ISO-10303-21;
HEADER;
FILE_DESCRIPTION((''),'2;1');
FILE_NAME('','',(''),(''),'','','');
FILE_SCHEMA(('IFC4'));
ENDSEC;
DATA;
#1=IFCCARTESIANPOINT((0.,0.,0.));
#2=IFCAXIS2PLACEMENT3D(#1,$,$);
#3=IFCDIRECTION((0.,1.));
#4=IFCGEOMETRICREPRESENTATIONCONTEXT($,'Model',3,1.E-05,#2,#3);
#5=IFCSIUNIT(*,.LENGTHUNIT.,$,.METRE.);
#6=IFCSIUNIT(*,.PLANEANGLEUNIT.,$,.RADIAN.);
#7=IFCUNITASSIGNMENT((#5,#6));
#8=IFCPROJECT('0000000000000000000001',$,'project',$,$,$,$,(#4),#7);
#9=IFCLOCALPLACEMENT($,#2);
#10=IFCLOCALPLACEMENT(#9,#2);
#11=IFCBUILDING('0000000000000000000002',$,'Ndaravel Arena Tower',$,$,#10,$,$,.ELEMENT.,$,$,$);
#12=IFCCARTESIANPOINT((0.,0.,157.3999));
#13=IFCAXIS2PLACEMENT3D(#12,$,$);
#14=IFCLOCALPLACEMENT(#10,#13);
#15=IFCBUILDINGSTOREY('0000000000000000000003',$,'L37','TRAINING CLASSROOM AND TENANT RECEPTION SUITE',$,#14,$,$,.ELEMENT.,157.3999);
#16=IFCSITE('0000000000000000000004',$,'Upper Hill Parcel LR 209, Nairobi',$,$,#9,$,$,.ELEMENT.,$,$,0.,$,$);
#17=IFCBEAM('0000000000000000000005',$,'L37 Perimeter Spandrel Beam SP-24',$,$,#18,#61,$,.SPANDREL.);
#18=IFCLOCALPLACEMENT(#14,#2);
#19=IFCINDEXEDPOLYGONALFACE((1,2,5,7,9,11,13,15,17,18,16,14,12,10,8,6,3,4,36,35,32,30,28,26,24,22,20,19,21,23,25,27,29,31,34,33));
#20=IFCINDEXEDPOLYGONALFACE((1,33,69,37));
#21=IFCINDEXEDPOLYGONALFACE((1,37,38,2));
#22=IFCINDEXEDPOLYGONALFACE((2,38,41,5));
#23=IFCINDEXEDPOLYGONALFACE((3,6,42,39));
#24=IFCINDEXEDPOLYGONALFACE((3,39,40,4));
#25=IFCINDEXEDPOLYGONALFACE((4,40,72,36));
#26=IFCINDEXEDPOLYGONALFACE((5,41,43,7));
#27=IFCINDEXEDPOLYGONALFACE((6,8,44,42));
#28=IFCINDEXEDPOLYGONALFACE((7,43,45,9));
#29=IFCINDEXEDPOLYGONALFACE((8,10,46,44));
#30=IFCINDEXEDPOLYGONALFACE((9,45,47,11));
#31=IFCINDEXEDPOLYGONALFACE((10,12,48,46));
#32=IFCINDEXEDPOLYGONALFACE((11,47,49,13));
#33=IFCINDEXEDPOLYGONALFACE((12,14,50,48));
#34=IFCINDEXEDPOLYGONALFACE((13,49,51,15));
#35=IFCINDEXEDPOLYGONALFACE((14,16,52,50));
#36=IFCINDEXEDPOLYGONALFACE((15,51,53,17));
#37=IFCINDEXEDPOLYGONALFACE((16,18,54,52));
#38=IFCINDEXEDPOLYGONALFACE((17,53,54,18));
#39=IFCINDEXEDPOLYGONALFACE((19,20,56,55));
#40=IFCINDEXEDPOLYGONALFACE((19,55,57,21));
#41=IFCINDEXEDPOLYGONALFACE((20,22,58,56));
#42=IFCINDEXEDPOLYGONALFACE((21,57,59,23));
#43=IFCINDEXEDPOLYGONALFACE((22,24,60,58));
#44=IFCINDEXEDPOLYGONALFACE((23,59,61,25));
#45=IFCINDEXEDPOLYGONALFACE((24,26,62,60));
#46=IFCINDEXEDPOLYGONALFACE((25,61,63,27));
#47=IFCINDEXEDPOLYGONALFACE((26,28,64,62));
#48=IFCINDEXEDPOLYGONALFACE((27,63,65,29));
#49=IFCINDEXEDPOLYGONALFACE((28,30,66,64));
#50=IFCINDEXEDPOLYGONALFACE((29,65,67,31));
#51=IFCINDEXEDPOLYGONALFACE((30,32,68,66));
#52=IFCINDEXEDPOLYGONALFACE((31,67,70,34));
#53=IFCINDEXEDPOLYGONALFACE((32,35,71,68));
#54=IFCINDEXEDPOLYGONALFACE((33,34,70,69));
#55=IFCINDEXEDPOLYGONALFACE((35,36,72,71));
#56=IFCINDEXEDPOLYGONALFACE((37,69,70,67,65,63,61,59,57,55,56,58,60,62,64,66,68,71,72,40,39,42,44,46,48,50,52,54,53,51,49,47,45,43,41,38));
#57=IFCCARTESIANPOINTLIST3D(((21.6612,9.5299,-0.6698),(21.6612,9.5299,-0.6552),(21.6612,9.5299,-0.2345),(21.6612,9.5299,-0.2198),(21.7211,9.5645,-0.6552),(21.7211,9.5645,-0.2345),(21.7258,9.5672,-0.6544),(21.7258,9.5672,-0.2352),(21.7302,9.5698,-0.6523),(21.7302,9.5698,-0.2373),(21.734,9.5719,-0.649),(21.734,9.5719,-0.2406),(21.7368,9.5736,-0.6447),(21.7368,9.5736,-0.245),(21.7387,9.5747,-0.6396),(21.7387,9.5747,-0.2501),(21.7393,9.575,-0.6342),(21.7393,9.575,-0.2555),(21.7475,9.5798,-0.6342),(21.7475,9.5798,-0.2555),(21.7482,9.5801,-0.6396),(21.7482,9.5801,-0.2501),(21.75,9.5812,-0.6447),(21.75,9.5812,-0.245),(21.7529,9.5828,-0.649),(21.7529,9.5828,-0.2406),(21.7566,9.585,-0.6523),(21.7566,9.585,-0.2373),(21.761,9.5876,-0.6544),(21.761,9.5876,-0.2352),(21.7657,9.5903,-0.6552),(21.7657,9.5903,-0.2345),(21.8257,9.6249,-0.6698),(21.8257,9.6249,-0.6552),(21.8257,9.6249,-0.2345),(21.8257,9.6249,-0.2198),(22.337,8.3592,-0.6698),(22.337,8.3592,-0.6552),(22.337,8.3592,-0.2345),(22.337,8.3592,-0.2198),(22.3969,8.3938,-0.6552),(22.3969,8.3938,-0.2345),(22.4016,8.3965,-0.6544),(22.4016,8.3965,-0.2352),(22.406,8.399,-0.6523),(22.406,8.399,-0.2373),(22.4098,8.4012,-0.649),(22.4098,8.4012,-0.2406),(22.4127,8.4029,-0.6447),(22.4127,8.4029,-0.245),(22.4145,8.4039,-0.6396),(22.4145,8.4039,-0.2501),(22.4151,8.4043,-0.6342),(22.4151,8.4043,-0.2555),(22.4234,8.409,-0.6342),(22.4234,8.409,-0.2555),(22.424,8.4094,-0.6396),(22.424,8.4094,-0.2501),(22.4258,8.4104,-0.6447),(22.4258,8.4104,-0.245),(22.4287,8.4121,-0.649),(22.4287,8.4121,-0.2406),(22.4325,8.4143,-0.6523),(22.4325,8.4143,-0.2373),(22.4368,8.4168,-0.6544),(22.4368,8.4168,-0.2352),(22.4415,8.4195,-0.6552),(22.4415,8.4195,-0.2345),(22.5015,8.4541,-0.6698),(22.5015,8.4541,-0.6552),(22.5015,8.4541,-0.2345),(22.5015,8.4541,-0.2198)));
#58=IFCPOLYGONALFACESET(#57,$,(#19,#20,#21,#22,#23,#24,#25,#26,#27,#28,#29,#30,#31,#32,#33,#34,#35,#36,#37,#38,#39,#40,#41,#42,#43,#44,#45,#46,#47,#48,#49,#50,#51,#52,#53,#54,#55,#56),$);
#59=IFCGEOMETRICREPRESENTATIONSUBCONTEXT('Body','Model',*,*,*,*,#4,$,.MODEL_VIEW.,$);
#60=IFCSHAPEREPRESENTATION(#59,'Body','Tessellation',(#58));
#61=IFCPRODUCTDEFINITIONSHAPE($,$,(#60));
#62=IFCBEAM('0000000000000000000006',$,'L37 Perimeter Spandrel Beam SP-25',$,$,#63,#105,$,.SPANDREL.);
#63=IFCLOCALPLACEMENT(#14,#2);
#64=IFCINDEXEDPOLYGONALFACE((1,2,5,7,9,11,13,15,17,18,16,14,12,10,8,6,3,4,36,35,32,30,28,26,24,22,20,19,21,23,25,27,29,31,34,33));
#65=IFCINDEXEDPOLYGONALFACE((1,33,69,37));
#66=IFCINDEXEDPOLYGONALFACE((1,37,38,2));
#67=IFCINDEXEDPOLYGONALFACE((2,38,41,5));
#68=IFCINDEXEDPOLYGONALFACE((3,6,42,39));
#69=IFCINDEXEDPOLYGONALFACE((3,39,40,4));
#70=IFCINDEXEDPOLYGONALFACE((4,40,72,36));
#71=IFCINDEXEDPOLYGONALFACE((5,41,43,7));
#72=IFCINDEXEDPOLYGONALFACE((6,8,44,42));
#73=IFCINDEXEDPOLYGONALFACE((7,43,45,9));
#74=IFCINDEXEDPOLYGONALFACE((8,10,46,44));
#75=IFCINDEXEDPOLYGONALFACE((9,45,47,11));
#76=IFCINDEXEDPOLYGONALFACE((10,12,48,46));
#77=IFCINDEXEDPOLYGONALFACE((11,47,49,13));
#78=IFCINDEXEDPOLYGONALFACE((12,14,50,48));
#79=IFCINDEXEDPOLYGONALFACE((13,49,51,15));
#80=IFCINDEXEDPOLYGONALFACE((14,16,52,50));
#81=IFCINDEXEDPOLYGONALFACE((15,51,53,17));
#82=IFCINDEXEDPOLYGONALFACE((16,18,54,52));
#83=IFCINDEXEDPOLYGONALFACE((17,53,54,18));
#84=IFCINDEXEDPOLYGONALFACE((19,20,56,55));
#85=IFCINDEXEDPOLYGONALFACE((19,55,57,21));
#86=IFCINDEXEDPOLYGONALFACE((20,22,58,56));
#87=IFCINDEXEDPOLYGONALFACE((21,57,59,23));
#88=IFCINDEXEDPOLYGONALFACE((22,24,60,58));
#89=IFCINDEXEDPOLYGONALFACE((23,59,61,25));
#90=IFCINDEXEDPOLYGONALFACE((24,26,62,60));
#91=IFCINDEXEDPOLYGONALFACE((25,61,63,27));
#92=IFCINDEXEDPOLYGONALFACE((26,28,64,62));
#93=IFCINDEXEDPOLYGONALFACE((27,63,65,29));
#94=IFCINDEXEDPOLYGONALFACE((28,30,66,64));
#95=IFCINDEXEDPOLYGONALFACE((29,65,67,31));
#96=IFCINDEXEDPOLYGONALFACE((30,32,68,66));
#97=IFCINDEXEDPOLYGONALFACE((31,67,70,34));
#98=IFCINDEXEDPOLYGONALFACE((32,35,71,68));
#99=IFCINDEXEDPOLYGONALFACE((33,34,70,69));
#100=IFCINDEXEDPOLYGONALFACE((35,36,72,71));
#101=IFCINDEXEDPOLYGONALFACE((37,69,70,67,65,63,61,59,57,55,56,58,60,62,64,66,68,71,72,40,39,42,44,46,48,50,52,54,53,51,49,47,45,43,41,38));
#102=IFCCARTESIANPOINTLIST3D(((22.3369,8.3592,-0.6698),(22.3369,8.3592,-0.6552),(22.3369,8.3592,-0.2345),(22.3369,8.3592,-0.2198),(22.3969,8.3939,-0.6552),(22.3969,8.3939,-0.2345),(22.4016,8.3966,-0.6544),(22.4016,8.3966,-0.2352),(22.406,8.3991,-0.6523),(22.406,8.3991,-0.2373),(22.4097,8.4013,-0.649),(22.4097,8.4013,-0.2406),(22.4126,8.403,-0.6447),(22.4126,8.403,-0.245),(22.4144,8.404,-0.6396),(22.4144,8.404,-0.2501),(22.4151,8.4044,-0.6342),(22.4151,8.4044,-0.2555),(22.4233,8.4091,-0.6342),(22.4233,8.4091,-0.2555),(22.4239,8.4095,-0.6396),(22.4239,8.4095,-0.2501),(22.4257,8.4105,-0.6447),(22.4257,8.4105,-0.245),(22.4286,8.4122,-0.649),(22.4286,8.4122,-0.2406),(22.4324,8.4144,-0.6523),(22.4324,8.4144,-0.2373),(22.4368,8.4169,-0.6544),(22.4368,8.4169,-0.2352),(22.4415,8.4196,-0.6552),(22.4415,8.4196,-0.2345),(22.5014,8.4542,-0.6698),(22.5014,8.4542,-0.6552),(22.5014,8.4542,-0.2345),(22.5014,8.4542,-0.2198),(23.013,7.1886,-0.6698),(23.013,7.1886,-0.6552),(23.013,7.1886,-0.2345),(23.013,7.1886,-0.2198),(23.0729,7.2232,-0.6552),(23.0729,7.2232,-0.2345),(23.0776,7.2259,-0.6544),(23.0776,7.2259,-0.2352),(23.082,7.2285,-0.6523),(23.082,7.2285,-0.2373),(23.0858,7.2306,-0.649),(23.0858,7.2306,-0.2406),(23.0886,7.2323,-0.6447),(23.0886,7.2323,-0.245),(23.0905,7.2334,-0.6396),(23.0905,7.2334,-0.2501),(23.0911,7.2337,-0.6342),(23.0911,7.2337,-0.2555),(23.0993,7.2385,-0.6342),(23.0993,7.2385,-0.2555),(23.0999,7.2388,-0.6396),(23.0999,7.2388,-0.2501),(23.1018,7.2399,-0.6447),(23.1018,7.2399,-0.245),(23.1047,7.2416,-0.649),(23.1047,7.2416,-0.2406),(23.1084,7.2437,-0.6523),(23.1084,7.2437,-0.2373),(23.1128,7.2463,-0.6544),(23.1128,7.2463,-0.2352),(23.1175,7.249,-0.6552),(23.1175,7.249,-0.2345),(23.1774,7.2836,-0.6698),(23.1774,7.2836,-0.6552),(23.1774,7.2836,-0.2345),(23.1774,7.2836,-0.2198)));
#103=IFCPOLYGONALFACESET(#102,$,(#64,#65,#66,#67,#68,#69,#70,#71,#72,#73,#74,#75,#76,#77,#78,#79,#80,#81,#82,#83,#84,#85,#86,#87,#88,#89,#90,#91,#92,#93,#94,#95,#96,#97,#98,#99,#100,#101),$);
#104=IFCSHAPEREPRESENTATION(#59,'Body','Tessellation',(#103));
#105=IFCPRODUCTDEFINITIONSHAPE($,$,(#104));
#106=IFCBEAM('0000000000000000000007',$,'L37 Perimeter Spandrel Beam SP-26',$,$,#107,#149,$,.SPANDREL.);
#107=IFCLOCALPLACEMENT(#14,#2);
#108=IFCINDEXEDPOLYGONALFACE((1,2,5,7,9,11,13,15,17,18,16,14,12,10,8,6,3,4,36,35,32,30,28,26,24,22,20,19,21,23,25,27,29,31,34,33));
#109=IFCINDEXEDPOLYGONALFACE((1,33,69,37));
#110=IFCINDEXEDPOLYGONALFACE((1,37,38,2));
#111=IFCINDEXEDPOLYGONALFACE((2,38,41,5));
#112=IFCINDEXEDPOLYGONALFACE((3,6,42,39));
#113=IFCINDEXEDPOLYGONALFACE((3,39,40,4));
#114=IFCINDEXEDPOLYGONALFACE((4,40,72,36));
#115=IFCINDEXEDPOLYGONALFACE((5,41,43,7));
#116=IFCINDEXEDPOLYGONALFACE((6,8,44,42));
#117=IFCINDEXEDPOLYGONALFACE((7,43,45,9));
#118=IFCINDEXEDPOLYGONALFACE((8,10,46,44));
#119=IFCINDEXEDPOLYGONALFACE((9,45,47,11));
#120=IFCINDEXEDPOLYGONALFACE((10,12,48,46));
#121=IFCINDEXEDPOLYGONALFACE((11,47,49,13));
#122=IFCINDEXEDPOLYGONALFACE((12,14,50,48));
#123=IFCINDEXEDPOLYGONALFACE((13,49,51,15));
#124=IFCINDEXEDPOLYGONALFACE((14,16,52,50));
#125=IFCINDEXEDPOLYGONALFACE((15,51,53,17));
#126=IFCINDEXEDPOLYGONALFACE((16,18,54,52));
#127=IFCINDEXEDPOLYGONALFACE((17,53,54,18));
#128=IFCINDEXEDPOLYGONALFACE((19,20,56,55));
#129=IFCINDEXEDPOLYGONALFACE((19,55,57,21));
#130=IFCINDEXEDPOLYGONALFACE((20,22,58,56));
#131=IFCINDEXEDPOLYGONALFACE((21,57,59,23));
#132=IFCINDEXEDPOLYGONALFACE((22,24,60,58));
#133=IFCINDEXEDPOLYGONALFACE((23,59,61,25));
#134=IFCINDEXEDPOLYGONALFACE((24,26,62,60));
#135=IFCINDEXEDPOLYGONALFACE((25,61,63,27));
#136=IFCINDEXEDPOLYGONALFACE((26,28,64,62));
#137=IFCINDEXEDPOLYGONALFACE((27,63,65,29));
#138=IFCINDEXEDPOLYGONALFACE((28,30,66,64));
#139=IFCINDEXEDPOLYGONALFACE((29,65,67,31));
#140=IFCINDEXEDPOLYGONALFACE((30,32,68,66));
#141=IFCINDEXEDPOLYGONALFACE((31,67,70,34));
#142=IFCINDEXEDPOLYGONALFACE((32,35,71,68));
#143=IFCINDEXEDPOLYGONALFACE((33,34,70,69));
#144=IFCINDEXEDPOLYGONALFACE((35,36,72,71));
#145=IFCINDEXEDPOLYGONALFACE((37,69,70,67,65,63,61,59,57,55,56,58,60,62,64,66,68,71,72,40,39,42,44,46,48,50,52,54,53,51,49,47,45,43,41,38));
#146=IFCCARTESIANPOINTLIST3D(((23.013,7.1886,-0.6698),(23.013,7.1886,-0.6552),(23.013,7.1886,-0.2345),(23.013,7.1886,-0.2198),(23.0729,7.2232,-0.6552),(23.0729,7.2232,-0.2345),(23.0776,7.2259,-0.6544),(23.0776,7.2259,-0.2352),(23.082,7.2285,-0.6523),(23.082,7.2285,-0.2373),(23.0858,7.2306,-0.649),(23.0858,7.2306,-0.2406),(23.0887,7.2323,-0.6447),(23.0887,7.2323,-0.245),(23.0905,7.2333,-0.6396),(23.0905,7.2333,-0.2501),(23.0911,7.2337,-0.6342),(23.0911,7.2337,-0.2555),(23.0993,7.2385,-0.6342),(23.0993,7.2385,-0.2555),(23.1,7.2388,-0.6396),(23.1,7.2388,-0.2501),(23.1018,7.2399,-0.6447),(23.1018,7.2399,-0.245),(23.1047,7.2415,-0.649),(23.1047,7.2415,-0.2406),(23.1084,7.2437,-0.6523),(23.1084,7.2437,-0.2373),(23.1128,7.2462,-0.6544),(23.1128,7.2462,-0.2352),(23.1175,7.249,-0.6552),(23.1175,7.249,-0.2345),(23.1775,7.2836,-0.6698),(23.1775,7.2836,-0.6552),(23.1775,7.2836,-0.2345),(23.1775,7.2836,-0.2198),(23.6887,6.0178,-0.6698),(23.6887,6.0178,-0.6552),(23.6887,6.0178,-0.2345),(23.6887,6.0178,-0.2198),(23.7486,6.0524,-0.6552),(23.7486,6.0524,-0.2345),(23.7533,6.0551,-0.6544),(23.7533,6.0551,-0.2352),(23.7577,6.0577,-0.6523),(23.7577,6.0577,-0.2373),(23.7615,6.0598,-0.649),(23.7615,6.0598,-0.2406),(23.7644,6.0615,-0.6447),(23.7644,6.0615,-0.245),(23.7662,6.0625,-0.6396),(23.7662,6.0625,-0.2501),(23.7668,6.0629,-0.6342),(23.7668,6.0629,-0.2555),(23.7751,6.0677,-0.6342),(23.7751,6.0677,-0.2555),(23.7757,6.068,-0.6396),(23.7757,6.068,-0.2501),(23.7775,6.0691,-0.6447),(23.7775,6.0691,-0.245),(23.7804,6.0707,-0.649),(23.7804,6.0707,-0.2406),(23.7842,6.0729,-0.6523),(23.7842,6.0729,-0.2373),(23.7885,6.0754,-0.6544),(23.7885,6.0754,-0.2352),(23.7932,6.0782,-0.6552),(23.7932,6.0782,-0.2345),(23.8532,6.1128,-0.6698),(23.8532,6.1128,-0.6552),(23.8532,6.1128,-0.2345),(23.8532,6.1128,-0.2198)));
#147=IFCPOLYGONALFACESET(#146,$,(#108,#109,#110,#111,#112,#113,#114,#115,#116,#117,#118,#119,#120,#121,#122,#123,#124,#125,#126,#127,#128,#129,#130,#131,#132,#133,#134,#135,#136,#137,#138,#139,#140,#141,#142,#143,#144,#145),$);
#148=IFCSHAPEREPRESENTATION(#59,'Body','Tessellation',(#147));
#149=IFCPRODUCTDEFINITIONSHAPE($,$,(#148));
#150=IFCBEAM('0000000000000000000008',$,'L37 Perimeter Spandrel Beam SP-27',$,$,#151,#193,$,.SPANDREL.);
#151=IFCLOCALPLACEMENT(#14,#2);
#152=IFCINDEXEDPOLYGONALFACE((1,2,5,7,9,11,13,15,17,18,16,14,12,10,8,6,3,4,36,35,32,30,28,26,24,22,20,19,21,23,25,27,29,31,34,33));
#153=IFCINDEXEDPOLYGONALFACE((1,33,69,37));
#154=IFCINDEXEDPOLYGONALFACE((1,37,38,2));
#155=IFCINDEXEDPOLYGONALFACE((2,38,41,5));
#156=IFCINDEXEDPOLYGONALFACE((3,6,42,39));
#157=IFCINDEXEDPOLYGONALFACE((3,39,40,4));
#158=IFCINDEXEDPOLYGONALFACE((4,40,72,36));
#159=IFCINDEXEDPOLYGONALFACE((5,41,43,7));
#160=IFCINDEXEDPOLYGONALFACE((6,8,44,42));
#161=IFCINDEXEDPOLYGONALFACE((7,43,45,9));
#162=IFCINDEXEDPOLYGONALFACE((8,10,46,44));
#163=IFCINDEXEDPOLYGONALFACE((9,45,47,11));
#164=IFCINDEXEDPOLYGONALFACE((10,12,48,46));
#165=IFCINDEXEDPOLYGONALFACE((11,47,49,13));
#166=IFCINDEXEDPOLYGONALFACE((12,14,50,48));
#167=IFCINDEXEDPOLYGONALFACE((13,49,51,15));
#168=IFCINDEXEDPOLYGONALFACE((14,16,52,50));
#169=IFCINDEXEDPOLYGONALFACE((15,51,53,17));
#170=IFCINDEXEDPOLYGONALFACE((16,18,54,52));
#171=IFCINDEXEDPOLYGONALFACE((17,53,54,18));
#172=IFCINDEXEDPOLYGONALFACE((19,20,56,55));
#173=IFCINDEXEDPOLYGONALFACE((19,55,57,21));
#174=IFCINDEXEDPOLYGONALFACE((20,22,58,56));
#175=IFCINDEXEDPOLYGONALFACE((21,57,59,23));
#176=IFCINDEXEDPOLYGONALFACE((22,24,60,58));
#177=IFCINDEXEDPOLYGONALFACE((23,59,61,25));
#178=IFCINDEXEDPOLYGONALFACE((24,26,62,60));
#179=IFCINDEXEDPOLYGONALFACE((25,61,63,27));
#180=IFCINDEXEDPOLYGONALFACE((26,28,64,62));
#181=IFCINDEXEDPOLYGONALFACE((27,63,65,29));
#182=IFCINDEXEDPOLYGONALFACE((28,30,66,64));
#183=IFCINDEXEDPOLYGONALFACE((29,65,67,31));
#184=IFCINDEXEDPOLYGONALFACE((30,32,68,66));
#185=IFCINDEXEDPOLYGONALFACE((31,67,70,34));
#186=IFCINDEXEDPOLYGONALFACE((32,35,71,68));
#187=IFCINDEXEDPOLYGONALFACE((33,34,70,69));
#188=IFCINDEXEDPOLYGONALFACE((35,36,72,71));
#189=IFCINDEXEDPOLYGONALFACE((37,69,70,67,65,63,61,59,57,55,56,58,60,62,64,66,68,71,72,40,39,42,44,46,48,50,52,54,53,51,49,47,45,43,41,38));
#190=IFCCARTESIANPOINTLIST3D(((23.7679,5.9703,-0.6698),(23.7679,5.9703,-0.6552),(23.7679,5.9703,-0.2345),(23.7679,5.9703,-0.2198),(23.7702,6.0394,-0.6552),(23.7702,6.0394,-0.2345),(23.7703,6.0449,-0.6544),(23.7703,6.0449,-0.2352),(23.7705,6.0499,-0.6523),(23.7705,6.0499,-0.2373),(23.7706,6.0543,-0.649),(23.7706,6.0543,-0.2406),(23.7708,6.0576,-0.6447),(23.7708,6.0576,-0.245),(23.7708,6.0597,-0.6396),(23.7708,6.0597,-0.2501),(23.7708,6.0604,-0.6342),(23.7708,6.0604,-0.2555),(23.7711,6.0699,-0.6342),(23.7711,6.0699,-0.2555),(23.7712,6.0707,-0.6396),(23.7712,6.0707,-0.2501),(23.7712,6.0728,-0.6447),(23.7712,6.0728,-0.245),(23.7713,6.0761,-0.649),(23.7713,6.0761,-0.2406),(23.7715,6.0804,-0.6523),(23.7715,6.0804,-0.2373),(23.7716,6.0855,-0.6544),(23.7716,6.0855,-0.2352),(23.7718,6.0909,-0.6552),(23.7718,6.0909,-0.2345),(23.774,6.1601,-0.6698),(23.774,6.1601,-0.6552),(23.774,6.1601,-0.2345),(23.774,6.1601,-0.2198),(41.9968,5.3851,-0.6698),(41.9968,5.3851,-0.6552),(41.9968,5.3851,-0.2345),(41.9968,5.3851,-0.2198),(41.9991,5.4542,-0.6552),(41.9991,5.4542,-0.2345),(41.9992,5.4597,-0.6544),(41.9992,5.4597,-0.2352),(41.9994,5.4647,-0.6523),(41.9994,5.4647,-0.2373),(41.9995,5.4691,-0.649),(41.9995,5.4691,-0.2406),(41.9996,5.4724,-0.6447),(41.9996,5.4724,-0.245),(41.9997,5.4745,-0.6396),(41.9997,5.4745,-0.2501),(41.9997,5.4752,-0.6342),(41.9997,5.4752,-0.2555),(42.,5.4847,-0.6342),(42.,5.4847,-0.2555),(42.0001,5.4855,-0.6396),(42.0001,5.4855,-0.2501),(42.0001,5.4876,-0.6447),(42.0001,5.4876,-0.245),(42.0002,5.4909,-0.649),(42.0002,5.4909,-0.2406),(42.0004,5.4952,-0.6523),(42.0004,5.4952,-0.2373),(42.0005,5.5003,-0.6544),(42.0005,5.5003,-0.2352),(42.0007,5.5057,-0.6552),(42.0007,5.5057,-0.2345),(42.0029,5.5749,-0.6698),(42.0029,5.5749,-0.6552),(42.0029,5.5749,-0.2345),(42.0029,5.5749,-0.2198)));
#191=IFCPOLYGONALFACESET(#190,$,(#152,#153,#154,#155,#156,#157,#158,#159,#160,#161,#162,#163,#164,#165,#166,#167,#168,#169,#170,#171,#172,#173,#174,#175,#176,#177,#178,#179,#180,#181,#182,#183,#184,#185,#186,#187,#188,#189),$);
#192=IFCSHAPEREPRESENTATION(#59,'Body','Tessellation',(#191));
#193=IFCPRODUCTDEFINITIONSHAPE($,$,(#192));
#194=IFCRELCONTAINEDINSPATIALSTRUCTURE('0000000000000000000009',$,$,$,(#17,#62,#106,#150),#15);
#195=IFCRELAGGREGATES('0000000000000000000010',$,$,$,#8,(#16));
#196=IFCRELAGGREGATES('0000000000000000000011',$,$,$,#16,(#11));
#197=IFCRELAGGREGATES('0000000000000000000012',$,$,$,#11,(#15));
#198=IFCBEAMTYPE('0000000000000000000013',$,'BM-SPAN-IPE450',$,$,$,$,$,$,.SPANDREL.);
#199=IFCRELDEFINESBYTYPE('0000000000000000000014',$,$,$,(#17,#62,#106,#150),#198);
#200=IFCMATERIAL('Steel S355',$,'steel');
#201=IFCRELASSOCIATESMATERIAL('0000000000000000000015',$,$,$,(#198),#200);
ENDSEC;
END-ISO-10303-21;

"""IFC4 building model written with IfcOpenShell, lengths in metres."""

from ifc_helpers import new_model, si_unit, direction, frame, origin, origin_2d, place, context, subcontext, project, spatial, i_section, extrude, material, material_profile, profile_set, type_object, element, save


model = new_model("IFC4")

# Units and contexts
model_context = context("Model", 3, precision=1e-05, world=origin(), true_north=direction((0.0, 1.0)))
body_context = subcontext(model_context, "Body", "Model", "MODEL_VIEW")
ifc_project = project(units=[si_unit("LENGTHUNIT", "METRE"), si_unit("PLANEANGLEUNIT", "RADIAN")], contexts=[model_context])

# Site, building, storey
site_placement = place(None, origin())
site = spatial("IfcSite", under=ifc_project, at=site_placement, Name="Upper Hill Parcel LR 209, Nairobi", CompositionType="ELEMENT", RefElevation=0.0)
building_placement = place(site_placement, origin())
building = spatial("IfcBuilding", under=site, at=building_placement, Name="Ndaravel Arena Tower", CompositionType="ELEMENT")
storey_placement = place(building_placement, frame((0.0, 0.0, 157.3999)))
storey = spatial("IfcBuildingStorey", under=building, at=storey_placement, Name="L37", Description="TRAINING CLASSROOM AND TENANT RECEPTION SUITE", CompositionType="ELEMENT", Elevation=157.3999)

# Beams
ifc_material_1 = material(Name="Steel S355", Category="steel")
ifc_material_profile_1 = material_profile(ifc_material_1, i_section(OverallWidth=0.1899, OverallDepth=0.45, WebThickness=0.0095, FlangeThickness=0.0146, FilletRadius=0.021, at=origin_2d()), Name="IPE 450")
ifc_profile_set_1 = profile_set([ifc_material_profile_1], Name="Steel S355")
beam_type = type_object("IfcBeamType", Name="BM-SPAN-IPE450", PredefinedType="SPANDREL", material=ifc_profile_set_1)
for number, where, z_axis, x_axis, name in (
    (1, (21.7434, 9.5774, -0.4448), (0.499947, -0.866056, 0.0), (0.866056, 0.499947, 0.0), "L37 Perimeter Spandrel Beam SP-24"),
    (2, (22.4192, 8.4067, -0.4448), (0.500082, -0.865978, 0.0), (0.865978, 0.500082, 0.0), "L37 Perimeter Spandrel Beam SP-25"),
    (3, (23.0952, 7.2361, -0.4448), (0.499868, -0.866101, 0.0), (0.866101, 0.499868, 0.0), "L37 Perimeter Spandrel Beam SP-26"),
):
    element("IfcBeam", number, at=place(storey_placement, frame(where, z_axis=z_axis, x_axis=x_axis)), inside=storey, type_object=beam_type, Name=name, PredefinedType="SPANDREL", context=body_context, shape_type="SweptSolid", body=[
        extrude(i_section(OverallWidth=0.1899, OverallDepth=0.45, WebThickness=0.0095, FlangeThickness=0.0146, FilletRadius=0.021, at=origin_2d()), origin(), (0.0, 0.0, 1.0), 1.3518),
    ])
beam_placement = place(storey_placement, frame((23.771, 6.0652, -0.4448), z_axis=(0.999485, -0.032086, 0.0), x_axis=(0.032086, 0.999485, 0.0)))
element("IfcBeam", 4, at=beam_placement, inside=storey, type_object=beam_type, Name="L37 Perimeter Spandrel Beam SP-27", PredefinedType="SPANDREL", context=body_context, shape_type="SweptSolid", body=[
    extrude(i_section(OverallWidth=0.1899, OverallDepth=0.45, WebThickness=0.0095, FlangeThickness=0.0146, FilletRadius=0.021, at=origin_2d()), origin(), (0.0, 0.0, 1.0), 18.2383),
])

save(model, "model.ifc")
